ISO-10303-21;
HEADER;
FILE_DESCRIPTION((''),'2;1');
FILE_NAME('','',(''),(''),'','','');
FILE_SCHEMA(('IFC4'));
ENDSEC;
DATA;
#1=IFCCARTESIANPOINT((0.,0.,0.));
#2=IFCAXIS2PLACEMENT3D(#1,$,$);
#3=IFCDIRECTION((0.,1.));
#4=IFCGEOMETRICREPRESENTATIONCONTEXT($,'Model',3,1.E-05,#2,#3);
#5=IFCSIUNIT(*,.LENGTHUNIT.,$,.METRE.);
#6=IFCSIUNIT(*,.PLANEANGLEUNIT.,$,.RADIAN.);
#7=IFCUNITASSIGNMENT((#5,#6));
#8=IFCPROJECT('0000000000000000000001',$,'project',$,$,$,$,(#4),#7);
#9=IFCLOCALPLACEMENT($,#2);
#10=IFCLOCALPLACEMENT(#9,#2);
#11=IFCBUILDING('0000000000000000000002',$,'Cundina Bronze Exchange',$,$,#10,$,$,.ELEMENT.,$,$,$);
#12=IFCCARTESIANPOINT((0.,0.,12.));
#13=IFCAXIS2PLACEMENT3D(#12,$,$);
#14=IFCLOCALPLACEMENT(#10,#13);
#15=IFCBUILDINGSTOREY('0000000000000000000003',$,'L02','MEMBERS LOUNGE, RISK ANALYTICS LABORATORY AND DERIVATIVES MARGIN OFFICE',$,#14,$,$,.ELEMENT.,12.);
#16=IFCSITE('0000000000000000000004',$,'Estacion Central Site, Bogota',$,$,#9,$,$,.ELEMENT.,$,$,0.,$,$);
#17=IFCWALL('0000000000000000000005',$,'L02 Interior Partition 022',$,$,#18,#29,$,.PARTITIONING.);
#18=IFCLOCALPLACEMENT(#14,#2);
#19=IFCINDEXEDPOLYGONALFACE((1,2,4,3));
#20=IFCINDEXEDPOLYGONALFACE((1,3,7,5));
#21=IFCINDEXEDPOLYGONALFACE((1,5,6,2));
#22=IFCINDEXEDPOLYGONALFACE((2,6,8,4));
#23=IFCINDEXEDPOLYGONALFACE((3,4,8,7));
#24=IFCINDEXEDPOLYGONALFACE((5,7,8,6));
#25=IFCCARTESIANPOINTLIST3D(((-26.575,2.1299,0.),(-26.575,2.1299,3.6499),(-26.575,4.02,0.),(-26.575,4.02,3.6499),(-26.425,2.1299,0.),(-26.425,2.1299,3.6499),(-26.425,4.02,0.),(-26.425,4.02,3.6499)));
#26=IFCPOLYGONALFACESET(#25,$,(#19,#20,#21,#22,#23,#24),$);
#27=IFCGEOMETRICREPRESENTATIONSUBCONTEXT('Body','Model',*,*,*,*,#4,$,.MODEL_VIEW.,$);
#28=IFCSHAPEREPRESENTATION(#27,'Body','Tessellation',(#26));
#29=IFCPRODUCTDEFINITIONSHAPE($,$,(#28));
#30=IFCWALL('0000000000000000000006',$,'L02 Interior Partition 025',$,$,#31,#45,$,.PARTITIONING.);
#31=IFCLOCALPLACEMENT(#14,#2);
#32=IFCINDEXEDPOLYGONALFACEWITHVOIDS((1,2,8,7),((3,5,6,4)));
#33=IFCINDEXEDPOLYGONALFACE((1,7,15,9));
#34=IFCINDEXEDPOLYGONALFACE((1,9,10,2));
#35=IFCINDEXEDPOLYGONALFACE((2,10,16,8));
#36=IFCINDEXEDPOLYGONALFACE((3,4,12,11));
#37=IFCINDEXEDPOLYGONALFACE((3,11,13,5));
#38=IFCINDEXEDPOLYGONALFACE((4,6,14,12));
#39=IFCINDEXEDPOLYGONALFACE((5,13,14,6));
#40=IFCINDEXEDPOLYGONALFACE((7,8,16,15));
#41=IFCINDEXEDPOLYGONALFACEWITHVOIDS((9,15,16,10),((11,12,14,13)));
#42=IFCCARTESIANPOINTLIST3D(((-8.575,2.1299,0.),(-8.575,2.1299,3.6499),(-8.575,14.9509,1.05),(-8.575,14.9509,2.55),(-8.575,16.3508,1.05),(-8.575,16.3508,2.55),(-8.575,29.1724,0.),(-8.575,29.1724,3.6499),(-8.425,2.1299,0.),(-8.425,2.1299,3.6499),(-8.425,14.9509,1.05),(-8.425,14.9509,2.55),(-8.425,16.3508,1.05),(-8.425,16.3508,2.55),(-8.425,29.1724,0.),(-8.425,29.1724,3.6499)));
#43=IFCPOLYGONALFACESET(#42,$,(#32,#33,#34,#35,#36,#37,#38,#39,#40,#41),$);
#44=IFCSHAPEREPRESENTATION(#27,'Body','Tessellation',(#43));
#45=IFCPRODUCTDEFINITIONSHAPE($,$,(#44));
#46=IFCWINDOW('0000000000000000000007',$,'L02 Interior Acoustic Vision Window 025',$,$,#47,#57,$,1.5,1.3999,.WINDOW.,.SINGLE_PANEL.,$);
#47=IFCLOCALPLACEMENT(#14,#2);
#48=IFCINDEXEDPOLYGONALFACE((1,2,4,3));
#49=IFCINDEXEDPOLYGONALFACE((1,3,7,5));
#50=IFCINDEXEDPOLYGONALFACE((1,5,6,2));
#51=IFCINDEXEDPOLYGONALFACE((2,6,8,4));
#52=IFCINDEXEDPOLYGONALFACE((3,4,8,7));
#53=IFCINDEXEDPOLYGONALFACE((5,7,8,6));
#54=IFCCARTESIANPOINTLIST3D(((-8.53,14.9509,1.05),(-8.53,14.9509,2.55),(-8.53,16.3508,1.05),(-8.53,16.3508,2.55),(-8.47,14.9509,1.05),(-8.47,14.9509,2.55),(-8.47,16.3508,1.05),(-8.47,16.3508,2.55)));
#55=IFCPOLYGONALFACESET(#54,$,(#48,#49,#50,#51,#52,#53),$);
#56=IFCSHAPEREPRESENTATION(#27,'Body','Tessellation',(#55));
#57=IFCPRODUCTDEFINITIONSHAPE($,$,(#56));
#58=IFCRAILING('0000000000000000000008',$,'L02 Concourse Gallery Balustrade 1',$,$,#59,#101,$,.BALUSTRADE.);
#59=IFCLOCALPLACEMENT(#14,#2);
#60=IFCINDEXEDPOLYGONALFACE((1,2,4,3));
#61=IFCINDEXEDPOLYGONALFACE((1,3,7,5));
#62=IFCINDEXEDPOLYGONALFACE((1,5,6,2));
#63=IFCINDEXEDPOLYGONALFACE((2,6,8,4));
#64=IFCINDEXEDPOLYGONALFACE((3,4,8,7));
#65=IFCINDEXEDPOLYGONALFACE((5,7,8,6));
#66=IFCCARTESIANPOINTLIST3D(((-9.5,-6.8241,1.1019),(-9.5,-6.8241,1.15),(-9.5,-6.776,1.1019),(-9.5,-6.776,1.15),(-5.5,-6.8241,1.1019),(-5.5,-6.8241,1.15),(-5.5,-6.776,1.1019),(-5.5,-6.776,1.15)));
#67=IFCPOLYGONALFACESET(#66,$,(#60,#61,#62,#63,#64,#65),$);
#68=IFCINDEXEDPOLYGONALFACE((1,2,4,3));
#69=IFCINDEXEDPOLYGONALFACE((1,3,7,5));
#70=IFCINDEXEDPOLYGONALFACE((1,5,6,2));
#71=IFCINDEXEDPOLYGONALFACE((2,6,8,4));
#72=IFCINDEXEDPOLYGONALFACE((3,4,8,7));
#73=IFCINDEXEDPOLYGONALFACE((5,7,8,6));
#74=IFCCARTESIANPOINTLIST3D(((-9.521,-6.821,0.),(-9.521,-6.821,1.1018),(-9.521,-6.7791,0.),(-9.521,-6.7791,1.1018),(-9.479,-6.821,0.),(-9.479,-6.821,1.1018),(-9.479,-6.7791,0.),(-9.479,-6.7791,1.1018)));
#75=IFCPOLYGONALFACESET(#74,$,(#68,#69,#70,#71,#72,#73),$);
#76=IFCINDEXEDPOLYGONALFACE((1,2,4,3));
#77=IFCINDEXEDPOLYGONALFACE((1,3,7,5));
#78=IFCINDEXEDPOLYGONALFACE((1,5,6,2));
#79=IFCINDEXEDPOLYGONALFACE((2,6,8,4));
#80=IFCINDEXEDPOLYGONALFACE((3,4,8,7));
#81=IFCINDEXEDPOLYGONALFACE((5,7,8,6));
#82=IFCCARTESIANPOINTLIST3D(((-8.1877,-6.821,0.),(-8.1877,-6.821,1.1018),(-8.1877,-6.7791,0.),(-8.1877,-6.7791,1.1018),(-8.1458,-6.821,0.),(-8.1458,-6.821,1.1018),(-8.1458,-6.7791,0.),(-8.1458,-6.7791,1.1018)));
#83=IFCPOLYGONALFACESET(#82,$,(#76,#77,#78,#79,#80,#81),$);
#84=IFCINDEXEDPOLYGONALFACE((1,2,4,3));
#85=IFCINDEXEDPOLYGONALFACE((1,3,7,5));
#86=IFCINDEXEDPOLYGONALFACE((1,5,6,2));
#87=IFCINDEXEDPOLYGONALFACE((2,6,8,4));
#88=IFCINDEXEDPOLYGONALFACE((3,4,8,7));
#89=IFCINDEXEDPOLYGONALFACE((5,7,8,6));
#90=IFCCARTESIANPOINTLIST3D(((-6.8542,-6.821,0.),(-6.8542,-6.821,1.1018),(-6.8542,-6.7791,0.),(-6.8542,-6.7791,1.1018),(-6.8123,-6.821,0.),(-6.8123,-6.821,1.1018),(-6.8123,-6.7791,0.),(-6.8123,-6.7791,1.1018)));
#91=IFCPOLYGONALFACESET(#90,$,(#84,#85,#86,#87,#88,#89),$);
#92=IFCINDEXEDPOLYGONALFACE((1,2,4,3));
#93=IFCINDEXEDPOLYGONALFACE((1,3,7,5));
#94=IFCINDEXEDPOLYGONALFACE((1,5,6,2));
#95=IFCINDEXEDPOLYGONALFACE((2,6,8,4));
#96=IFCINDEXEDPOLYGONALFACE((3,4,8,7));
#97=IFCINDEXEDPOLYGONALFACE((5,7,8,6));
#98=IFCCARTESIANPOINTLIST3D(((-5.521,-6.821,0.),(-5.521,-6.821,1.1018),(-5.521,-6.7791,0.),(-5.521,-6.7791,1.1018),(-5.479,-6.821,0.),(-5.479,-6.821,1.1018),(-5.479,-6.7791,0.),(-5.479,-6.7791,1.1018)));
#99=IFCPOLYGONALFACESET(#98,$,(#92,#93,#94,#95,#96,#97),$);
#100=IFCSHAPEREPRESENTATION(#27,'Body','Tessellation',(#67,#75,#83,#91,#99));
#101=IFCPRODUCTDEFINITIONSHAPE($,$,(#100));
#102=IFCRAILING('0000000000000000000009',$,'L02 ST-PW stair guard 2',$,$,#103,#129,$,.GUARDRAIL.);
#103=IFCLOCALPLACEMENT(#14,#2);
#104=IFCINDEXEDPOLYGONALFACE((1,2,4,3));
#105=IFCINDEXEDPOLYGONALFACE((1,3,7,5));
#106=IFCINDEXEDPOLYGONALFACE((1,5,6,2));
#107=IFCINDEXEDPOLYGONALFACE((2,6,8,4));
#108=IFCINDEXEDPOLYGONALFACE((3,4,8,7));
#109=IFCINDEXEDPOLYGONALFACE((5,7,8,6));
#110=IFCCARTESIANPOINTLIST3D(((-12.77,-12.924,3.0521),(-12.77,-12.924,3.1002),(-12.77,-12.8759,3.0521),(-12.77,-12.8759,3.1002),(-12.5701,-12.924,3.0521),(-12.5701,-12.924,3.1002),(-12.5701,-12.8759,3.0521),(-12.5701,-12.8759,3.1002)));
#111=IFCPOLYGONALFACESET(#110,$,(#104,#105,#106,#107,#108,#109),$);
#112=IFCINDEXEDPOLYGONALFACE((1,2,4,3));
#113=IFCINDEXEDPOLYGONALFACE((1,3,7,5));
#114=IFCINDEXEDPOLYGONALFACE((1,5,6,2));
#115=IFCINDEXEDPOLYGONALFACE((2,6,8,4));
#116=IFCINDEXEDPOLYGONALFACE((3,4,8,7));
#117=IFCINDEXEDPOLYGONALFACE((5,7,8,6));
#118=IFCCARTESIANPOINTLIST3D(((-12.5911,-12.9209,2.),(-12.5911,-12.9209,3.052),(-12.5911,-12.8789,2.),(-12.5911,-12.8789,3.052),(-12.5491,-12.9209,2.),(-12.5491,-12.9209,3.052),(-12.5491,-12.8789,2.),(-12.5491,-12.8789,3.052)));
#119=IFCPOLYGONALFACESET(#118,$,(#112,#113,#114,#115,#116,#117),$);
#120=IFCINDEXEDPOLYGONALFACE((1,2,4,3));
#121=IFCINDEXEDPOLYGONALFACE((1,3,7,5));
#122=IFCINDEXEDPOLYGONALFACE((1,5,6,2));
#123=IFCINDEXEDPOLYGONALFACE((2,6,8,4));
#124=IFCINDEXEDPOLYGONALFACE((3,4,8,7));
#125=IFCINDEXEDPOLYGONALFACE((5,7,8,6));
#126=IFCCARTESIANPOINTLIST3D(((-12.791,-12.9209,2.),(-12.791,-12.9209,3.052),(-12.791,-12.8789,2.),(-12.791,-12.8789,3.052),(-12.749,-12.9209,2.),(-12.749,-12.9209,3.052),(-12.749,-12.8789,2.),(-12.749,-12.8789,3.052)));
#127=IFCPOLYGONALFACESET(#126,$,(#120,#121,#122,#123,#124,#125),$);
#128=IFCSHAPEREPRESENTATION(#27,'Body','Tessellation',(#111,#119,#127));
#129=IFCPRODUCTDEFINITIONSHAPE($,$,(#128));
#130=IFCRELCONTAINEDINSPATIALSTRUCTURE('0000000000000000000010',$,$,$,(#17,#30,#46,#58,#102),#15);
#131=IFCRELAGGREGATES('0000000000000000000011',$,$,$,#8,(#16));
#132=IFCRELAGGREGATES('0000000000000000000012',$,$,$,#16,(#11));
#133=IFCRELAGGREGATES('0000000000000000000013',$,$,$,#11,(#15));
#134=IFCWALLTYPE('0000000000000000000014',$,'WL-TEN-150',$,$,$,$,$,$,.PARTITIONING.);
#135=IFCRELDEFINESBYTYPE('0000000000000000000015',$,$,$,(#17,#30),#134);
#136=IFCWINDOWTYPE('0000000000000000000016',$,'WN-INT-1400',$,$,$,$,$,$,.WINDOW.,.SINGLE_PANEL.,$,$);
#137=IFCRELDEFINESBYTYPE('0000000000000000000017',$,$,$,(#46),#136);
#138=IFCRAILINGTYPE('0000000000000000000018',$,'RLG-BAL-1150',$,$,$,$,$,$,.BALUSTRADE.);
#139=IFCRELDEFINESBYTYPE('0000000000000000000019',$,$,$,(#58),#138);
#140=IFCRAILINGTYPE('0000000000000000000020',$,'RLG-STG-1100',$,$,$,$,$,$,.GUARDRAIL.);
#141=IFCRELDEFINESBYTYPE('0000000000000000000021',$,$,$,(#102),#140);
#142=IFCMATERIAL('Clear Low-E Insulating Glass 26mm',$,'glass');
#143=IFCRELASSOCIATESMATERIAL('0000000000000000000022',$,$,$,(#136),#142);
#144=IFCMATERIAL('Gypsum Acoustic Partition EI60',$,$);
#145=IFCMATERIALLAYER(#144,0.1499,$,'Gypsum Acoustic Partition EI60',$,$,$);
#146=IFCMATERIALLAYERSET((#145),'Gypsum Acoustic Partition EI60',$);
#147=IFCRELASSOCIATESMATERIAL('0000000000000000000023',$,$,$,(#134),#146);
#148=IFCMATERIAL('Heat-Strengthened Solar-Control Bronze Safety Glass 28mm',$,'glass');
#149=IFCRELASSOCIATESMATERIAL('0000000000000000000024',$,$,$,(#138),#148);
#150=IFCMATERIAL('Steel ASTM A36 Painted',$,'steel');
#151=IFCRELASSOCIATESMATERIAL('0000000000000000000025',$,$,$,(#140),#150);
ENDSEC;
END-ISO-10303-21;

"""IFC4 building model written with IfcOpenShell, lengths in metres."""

from ifc_helpers import new_model, si_unit, direction, frame, frame_2d, origin, origin_2d, place, context, subcontext, project, spatial, rectangle, extrude, material, layer, layer_set, type_object, element, fill, save


model = new_model("IFC4")

# Units and contexts
model_context = context("Model", 3, precision=1e-05, world=origin(), true_north=direction((0.0, 1.0)))
body_context = subcontext(model_context, "Body", "Model", "MODEL_VIEW")
ifc_project = project(units=[si_unit("LENGTHUNIT", "METRE"), si_unit("PLANEANGLEUNIT", "RADIAN")], contexts=[model_context])

# Site, building, storey
site_placement = place(None, origin())
site = spatial("IfcSite", under=ifc_project, at=site_placement, Name="Estacion Central Site, Bogota", CompositionType="ELEMENT", RefElevation=0.0)
building_placement = place(site_placement, origin())
building = spatial("IfcBuilding", under=site, at=building_placement, Name="Cundina Bronze Exchange", CompositionType="ELEMENT")
storey_placement = place(building_placement, frame((0.0, 0.0, 12.0)))
storey = spatial("IfcBuildingStorey", under=building, at=storey_placement, Name="L02", Description="MEMBERS LOUNGE, RISK ANALYTICS LABORATORY AND DERIVATIVES MARGIN OFFICE", CompositionType="ELEMENT", Elevation=12.0)

# Shared definitions
ifc_material_1 = material(Name="Steel ASTM A36 Painted", Category="steel")

# Shared definitions
ifc_material_2 = material(Name="Clear Low-E Insulating Glass 26mm", Category="glass")
window_type = type_object("IfcWindowType", Name="WN-INT-1400", PartitioningType="SINGLE_PANEL", PredefinedType="WINDOW", material=ifc_material_2)

# Wall
ifc_material_3 = material(Name="Gypsum Acoustic Partition EI60")
ifc_layer_1 = layer(ifc_material_3, 0.1499, Name="Gypsum Acoustic Partition EI60")
ifc_layer_set_1 = layer_set([ifc_layer_1], Name="Gypsum Acoustic Partition EI60")
wall_type_1 = type_object("IfcWallType", Name="WL-TEN-150", PredefinedType="PARTITIONING", material=ifc_layer_set_1)
wall_1_placement = place(storey_placement, frame((-26.5, 2.1299, 0.0), z_axis=(0.0, 0.0, 1.0), x_axis=(0.0, 1.0, 0.0)))
element("IfcWall", 1, at=wall_1_placement, inside=storey, type_object=wall_type_1, Name="L02 Interior Partition 022", PredefinedType="PARTITIONING", context=body_context, shape_type="SweptSolid", body=[
    extrude(rectangle(XDim=1.8901, YDim=0.1499, at=frame_2d((0.9451, 0.0))), origin(), (0.0, 0.0, 1.0), 3.6499),
])

# Wall, opening, window
wall_2_placement = place(storey_placement, frame((-8.5, 2.1299, 0.0), z_axis=(0.0, 0.0, 1.0), x_axis=(0.0, 1.0, 0.0)))
wall_2 = element("IfcWall", 2, at=wall_2_placement, inside=storey, type_object=wall_type_1, Name="L02 Interior Partition 025", PredefinedType="PARTITIONING", context=body_context, shape_type="SweptSolid", body=[
    extrude(rectangle(XDim=27.0425, YDim=0.1499, at=frame_2d((13.5212, 0.0))), origin(), (0.0, 0.0, 1.0), 3.6499),
])
opening_1_placement = place(wall_2_placement, frame((12.821, 0.0, 1.05)))
opening_1 = element("IfcOpeningElement", 3, at=opening_1_placement, cuts=wall_2, PredefinedType="OPENING", context=body_context, shape_type="SweptSolid", body=[
    extrude(rectangle(XDim=1.3999, YDim=1.5, at=frame_2d((0.7, 0.75))), frame((0.0, 0.085, 0.0), z_axis=(0.0, -1.0, 0.0), x_axis=(1.0, 0.0, 0.0)), (0.0, 0.0, 1.0), 0.1699),
])
window_1_placement = place(opening_1_placement, origin())
window_1 = element("IfcWindow", 4, at=window_1_placement, inside=storey, type_object=window_type, Name="L02 Interior Acoustic Vision Window 025", OverallHeight=1.5, OverallWidth=1.3999, PartitioningType="SINGLE_PANEL", PredefinedType="WINDOW", context=body_context, shape_type="SweptSolid", body=[
    extrude(rectangle(XDim=1.3999, YDim=1.5, at=frame_2d((0.7, 0.75))), frame((0.0, 0.03, 0.0), z_axis=(0.0, -1.0, 0.0), x_axis=(1.0, 0.0, 0.0)), (0.0, 0.0, 1.0), 0.0601),
])
fill(opening_1, window_1)

# Railings
ifc_material_4 = material(Name="Heat-Strengthened Solar-Control Bronze Safety Glass 28mm", Category="glass")
railing_type_1 = type_object("IfcRailingType", Name="RLG-BAL-1150", PredefinedType="BALUSTRADE", material=ifc_material_4)
railing_1_placement = place(storey_placement, frame((-9.5, -6.8, 0.0)))
element("IfcRailing", 5, at=railing_1_placement, inside=storey, type_object=railing_type_1, Name="L02 Concourse Gallery Balustrade 1", PredefinedType="BALUSTRADE", context=body_context, shape_type="SweptSolid", body=[
    extrude(rectangle(XDim=0.0481, YDim=0.0481, at=origin_2d()), frame((0.0, 0.0, 1.126), z_axis=(1.0, 0.0, 0.0), x_axis=(0.0, 1.0, 0.0)), (0.0, 0.0, 1.0), 4.0),
    extrude(rectangle(XDim=0.042, YDim=0.042, at=origin_2d()), origin(), (0.0, 0.0, 1.0), 1.1018),
    extrude(rectangle(XDim=0.042, YDim=0.042, at=origin_2d()), frame((1.3333, 0.0, 0.0)), (0.0, 0.0, 1.0), 1.1018),
    extrude(rectangle(XDim=0.042, YDim=0.042, at=origin_2d()), frame((2.6667, 0.0, 0.0)), (0.0, 0.0, 1.0), 1.1018),
    extrude(rectangle(XDim=0.042, YDim=0.042, at=origin_2d()), frame((4.0, 0.0, 0.0)), (0.0, 0.0, 1.0), 1.1018),
])
railing_type_2 = type_object("IfcRailingType", Name="RLG-STG-1100", PredefinedType="GUARDRAIL", material=ifc_material_1)
railing_2_placement = place(storey_placement, frame((-12.5701, -12.8999, 2.0)))
element("IfcRailing", 6, at=railing_2_placement, inside=storey, type_object=railing_type_2, Name="L02 ST-PW stair guard 2", PredefinedType="GUARDRAIL", context=body_context, shape_type="SweptSolid", body=[
    extrude(rectangle(XDim=0.0481, YDim=0.0481, at=origin_2d()), frame((0.0, 0.0, 1.0762), z_axis=(-1.0, 0.0, 0.0), x_axis=(0.0, -1.0, 0.0)), (0.0, 0.0, 1.0), 0.2),
    extrude(rectangle(XDim=0.042, YDim=0.042, at=origin_2d()), origin(), (0.0, 0.0, 1.0), 1.052),
    extrude(rectangle(XDim=0.042, YDim=0.042, at=origin_2d()), frame((-0.2, 0.0, 0.0)), (0.0, 0.0, 1.0), 1.052),
])

save(model, "model.ifc")
